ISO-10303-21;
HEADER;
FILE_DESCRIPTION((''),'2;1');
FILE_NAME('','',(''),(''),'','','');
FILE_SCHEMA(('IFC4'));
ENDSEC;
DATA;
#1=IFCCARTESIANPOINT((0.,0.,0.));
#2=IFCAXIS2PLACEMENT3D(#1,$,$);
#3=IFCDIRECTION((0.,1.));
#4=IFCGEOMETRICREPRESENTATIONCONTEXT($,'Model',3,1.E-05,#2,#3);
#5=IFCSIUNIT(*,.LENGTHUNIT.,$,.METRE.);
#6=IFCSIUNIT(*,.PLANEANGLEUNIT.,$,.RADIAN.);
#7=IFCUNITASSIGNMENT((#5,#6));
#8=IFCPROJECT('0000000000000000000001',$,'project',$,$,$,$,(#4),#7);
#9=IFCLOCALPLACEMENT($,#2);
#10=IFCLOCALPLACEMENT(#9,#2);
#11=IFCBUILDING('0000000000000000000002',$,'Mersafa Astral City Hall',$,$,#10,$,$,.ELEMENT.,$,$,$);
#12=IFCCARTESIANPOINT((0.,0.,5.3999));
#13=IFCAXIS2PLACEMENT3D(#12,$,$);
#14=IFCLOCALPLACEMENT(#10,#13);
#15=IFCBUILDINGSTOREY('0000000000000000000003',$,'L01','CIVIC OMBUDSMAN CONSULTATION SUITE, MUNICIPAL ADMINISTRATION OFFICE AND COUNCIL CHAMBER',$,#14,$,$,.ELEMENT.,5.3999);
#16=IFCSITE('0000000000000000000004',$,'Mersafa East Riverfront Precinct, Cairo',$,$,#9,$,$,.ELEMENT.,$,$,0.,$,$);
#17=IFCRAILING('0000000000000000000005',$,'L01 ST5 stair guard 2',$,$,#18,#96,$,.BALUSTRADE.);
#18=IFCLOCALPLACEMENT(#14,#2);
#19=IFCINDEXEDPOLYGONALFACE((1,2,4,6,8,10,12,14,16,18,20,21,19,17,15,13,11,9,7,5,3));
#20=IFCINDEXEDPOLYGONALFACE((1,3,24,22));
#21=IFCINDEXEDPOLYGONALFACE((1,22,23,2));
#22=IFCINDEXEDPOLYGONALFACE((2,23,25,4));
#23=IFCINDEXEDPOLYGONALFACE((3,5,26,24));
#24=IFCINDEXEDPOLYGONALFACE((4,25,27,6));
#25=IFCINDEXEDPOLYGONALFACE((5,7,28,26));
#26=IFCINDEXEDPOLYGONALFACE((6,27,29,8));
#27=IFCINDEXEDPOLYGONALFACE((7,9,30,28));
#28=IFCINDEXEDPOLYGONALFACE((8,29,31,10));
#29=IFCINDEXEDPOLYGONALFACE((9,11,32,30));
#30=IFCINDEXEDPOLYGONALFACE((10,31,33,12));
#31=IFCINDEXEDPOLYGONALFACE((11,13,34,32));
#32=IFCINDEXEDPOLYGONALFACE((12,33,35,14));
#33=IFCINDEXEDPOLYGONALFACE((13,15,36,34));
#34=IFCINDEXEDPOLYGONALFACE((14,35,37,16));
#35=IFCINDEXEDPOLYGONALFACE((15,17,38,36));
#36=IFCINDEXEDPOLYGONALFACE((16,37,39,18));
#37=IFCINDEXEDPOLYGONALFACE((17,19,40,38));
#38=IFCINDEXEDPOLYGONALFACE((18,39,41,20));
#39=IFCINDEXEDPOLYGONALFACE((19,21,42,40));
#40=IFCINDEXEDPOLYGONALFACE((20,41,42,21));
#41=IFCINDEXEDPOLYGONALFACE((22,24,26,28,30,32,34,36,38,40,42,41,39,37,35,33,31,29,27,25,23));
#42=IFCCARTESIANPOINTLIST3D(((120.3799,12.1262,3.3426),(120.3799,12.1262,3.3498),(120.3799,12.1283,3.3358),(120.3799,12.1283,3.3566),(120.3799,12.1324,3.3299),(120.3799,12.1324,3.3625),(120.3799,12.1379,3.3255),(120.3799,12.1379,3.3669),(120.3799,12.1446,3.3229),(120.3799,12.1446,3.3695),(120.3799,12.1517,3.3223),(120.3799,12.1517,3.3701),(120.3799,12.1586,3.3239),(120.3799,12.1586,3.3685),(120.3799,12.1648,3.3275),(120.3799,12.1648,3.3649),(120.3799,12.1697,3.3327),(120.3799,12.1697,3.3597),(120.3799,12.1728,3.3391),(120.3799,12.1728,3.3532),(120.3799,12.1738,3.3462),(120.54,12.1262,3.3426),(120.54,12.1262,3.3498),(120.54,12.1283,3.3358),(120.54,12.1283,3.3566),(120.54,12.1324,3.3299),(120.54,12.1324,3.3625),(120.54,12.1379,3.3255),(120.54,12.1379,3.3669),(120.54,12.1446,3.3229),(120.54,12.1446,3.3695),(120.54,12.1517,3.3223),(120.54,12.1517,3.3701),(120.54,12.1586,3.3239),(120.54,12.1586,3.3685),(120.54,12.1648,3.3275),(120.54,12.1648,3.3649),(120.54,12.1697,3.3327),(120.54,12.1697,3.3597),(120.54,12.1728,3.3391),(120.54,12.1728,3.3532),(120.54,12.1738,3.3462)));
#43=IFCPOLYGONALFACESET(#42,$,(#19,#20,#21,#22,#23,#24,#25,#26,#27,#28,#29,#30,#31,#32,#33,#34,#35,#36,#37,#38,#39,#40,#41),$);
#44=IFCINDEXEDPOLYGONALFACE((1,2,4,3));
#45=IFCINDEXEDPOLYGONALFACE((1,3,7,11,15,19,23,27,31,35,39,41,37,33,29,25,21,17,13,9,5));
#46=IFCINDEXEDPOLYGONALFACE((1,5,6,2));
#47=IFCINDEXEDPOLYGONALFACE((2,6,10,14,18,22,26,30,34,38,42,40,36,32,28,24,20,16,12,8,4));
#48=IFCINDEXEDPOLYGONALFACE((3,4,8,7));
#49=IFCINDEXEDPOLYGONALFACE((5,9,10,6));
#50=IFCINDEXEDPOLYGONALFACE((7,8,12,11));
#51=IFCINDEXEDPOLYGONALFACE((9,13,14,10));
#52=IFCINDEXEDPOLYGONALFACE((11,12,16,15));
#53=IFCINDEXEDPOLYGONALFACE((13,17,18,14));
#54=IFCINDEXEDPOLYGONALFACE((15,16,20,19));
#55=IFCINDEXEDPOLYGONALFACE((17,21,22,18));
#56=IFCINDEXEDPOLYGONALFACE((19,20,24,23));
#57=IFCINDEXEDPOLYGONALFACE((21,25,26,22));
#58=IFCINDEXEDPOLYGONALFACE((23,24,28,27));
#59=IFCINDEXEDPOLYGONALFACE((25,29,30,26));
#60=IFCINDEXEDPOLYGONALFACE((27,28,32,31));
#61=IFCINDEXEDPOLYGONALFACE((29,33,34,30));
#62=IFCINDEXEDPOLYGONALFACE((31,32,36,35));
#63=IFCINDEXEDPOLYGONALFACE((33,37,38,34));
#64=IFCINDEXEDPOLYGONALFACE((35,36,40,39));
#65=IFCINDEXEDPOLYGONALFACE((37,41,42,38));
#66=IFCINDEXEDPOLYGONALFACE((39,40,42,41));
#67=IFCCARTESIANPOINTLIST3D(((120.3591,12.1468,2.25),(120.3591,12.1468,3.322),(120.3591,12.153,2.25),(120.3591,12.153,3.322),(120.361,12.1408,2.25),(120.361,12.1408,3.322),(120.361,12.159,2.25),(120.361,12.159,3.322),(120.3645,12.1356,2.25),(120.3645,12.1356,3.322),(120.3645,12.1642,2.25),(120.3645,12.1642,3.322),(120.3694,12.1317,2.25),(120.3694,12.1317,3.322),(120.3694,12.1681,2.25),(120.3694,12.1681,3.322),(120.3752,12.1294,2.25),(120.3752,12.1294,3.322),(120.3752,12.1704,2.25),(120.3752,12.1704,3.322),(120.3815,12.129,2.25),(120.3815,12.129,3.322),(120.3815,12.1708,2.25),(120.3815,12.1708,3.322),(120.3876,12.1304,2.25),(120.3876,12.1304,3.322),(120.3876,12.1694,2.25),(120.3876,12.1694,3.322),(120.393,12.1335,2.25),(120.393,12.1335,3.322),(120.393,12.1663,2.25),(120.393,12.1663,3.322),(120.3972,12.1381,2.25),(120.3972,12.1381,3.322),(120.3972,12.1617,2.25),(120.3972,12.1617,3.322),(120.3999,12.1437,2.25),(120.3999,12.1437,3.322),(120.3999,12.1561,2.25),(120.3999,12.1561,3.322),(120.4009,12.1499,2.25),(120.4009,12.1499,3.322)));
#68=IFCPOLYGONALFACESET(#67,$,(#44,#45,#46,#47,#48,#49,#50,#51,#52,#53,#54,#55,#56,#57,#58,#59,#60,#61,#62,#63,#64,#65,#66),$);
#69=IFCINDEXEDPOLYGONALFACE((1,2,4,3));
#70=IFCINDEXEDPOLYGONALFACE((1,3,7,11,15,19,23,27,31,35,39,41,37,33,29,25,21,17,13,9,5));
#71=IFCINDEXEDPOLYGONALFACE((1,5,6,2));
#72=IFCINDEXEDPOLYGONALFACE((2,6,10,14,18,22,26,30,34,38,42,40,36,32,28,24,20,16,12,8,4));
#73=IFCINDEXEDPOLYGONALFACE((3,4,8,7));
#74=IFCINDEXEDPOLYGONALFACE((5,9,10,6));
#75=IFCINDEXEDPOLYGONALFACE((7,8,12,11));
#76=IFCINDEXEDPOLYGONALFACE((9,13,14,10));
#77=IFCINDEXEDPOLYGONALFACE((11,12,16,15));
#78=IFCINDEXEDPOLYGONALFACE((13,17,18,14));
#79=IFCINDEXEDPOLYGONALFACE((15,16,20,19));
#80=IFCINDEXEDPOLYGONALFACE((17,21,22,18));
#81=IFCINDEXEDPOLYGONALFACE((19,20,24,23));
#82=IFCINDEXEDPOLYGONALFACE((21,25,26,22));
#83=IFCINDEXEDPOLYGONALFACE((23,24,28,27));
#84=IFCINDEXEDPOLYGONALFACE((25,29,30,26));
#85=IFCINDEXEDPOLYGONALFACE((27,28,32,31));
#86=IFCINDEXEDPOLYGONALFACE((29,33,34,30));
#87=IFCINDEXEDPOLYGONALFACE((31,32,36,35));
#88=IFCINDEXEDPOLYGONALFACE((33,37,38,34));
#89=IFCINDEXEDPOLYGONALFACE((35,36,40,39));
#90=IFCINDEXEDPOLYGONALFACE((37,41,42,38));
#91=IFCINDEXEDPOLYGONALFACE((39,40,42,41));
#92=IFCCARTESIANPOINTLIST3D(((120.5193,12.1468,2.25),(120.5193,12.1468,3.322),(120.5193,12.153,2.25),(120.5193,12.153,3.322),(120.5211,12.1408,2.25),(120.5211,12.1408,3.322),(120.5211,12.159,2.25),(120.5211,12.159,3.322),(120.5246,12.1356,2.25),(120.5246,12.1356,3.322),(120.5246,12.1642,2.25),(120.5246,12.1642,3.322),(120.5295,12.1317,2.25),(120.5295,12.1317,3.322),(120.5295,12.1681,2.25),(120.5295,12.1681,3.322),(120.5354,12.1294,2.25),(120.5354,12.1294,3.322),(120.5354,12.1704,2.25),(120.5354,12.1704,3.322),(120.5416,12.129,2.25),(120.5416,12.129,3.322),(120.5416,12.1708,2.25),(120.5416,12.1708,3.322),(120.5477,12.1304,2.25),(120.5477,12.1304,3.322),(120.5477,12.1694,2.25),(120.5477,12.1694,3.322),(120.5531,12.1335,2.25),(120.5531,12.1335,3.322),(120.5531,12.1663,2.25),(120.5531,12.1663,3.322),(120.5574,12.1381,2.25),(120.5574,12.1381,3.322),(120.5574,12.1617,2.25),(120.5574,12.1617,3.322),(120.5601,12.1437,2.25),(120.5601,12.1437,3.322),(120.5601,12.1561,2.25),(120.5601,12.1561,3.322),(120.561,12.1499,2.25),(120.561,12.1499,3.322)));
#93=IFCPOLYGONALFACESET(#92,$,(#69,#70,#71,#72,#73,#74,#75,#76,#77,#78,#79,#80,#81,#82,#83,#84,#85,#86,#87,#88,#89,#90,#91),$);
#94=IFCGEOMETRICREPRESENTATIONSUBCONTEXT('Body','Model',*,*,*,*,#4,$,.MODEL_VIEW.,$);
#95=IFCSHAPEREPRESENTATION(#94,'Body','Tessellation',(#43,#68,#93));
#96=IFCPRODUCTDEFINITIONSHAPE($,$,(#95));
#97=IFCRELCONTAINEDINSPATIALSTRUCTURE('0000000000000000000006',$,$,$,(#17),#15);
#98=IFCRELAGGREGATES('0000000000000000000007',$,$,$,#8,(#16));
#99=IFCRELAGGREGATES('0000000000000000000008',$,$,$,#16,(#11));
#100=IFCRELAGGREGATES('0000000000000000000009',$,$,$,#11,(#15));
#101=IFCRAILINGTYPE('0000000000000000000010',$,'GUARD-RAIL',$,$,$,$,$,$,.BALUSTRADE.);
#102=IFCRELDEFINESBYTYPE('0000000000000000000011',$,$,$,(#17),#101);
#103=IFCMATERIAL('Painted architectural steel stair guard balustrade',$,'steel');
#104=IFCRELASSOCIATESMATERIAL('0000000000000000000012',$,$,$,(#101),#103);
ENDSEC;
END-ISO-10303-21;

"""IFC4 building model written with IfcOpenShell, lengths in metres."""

from ifc_helpers import new_model, si_unit, direction, frame, origin, origin_2d, place, context, subcontext, project, spatial, circle, extrude, material, type_object, element, save


model = new_model("IFC4")

# Units and contexts
model_context = context("Model", 3, precision=1e-05, world=origin(), true_north=direction((0.0, 1.0)))
body_context = subcontext(model_context, "Body", "Model", "MODEL_VIEW")
ifc_project = project(units=[si_unit("LENGTHUNIT", "METRE"), si_unit("PLANEANGLEUNIT", "RADIAN")], contexts=[model_context])

# Site, building, storey
site_placement = place(None, origin())
site = spatial("IfcSite", under=ifc_project, at=site_placement, Name="Mersafa East Riverfront Precinct, Cairo", CompositionType="ELEMENT", RefElevation=0.0)
building_placement = place(site_placement, origin())
building = spatial("IfcBuilding", under=site, at=building_placement, Name="Mersafa Astral City Hall", CompositionType="ELEMENT")
storey_placement = place(building_placement, frame((0.0, 0.0, 5.3999)))
storey = spatial("IfcBuildingStorey", under=building, at=storey_placement, Name="L01", Description="CIVIC OMBUDSMAN CONSULTATION SUITE, MUNICIPAL ADMINISTRATION OFFICE AND COUNCIL CHAMBER", CompositionType="ELEMENT", Elevation=5.3999)

# Railing
ifc_material_1 = material(Name="Painted architectural steel stair guard balustrade", Category="steel")
railing_type_1 = type_object("IfcRailingType", Name="GUARD-RAIL", PredefinedType="BALUSTRADE", material=ifc_material_1)
railing_1_placement = place(storey_placement, frame((120.3799, 12.1499, 2.25)))
element("IfcRailing", 1, at=railing_1_placement, inside=storey, type_object=railing_type_1, Name="L01 ST5 stair guard 2", PredefinedType="BALUSTRADE", context=body_context, shape_type="SweptSolid", body=[
    extrude(circle(Radius=0.0239, at=origin_2d()), frame((0.0, 0.0, 1.0962), z_axis=(1.0, 0.0, 0.0), x_axis=(0.0, 1.0, 0.0)), (0.0, 0.0, 1.0), 0.1602),
    extrude(circle(Radius=0.021, at=origin_2d()), origin(), (0.0, 0.0, 1.0), 1.072),
    extrude(circle(Radius=0.021, at=origin_2d()), frame((0.1602, 0.0, 0.0)), (0.0, 0.0, 1.0), 1.072),
])

save(model, "model.ifc")
